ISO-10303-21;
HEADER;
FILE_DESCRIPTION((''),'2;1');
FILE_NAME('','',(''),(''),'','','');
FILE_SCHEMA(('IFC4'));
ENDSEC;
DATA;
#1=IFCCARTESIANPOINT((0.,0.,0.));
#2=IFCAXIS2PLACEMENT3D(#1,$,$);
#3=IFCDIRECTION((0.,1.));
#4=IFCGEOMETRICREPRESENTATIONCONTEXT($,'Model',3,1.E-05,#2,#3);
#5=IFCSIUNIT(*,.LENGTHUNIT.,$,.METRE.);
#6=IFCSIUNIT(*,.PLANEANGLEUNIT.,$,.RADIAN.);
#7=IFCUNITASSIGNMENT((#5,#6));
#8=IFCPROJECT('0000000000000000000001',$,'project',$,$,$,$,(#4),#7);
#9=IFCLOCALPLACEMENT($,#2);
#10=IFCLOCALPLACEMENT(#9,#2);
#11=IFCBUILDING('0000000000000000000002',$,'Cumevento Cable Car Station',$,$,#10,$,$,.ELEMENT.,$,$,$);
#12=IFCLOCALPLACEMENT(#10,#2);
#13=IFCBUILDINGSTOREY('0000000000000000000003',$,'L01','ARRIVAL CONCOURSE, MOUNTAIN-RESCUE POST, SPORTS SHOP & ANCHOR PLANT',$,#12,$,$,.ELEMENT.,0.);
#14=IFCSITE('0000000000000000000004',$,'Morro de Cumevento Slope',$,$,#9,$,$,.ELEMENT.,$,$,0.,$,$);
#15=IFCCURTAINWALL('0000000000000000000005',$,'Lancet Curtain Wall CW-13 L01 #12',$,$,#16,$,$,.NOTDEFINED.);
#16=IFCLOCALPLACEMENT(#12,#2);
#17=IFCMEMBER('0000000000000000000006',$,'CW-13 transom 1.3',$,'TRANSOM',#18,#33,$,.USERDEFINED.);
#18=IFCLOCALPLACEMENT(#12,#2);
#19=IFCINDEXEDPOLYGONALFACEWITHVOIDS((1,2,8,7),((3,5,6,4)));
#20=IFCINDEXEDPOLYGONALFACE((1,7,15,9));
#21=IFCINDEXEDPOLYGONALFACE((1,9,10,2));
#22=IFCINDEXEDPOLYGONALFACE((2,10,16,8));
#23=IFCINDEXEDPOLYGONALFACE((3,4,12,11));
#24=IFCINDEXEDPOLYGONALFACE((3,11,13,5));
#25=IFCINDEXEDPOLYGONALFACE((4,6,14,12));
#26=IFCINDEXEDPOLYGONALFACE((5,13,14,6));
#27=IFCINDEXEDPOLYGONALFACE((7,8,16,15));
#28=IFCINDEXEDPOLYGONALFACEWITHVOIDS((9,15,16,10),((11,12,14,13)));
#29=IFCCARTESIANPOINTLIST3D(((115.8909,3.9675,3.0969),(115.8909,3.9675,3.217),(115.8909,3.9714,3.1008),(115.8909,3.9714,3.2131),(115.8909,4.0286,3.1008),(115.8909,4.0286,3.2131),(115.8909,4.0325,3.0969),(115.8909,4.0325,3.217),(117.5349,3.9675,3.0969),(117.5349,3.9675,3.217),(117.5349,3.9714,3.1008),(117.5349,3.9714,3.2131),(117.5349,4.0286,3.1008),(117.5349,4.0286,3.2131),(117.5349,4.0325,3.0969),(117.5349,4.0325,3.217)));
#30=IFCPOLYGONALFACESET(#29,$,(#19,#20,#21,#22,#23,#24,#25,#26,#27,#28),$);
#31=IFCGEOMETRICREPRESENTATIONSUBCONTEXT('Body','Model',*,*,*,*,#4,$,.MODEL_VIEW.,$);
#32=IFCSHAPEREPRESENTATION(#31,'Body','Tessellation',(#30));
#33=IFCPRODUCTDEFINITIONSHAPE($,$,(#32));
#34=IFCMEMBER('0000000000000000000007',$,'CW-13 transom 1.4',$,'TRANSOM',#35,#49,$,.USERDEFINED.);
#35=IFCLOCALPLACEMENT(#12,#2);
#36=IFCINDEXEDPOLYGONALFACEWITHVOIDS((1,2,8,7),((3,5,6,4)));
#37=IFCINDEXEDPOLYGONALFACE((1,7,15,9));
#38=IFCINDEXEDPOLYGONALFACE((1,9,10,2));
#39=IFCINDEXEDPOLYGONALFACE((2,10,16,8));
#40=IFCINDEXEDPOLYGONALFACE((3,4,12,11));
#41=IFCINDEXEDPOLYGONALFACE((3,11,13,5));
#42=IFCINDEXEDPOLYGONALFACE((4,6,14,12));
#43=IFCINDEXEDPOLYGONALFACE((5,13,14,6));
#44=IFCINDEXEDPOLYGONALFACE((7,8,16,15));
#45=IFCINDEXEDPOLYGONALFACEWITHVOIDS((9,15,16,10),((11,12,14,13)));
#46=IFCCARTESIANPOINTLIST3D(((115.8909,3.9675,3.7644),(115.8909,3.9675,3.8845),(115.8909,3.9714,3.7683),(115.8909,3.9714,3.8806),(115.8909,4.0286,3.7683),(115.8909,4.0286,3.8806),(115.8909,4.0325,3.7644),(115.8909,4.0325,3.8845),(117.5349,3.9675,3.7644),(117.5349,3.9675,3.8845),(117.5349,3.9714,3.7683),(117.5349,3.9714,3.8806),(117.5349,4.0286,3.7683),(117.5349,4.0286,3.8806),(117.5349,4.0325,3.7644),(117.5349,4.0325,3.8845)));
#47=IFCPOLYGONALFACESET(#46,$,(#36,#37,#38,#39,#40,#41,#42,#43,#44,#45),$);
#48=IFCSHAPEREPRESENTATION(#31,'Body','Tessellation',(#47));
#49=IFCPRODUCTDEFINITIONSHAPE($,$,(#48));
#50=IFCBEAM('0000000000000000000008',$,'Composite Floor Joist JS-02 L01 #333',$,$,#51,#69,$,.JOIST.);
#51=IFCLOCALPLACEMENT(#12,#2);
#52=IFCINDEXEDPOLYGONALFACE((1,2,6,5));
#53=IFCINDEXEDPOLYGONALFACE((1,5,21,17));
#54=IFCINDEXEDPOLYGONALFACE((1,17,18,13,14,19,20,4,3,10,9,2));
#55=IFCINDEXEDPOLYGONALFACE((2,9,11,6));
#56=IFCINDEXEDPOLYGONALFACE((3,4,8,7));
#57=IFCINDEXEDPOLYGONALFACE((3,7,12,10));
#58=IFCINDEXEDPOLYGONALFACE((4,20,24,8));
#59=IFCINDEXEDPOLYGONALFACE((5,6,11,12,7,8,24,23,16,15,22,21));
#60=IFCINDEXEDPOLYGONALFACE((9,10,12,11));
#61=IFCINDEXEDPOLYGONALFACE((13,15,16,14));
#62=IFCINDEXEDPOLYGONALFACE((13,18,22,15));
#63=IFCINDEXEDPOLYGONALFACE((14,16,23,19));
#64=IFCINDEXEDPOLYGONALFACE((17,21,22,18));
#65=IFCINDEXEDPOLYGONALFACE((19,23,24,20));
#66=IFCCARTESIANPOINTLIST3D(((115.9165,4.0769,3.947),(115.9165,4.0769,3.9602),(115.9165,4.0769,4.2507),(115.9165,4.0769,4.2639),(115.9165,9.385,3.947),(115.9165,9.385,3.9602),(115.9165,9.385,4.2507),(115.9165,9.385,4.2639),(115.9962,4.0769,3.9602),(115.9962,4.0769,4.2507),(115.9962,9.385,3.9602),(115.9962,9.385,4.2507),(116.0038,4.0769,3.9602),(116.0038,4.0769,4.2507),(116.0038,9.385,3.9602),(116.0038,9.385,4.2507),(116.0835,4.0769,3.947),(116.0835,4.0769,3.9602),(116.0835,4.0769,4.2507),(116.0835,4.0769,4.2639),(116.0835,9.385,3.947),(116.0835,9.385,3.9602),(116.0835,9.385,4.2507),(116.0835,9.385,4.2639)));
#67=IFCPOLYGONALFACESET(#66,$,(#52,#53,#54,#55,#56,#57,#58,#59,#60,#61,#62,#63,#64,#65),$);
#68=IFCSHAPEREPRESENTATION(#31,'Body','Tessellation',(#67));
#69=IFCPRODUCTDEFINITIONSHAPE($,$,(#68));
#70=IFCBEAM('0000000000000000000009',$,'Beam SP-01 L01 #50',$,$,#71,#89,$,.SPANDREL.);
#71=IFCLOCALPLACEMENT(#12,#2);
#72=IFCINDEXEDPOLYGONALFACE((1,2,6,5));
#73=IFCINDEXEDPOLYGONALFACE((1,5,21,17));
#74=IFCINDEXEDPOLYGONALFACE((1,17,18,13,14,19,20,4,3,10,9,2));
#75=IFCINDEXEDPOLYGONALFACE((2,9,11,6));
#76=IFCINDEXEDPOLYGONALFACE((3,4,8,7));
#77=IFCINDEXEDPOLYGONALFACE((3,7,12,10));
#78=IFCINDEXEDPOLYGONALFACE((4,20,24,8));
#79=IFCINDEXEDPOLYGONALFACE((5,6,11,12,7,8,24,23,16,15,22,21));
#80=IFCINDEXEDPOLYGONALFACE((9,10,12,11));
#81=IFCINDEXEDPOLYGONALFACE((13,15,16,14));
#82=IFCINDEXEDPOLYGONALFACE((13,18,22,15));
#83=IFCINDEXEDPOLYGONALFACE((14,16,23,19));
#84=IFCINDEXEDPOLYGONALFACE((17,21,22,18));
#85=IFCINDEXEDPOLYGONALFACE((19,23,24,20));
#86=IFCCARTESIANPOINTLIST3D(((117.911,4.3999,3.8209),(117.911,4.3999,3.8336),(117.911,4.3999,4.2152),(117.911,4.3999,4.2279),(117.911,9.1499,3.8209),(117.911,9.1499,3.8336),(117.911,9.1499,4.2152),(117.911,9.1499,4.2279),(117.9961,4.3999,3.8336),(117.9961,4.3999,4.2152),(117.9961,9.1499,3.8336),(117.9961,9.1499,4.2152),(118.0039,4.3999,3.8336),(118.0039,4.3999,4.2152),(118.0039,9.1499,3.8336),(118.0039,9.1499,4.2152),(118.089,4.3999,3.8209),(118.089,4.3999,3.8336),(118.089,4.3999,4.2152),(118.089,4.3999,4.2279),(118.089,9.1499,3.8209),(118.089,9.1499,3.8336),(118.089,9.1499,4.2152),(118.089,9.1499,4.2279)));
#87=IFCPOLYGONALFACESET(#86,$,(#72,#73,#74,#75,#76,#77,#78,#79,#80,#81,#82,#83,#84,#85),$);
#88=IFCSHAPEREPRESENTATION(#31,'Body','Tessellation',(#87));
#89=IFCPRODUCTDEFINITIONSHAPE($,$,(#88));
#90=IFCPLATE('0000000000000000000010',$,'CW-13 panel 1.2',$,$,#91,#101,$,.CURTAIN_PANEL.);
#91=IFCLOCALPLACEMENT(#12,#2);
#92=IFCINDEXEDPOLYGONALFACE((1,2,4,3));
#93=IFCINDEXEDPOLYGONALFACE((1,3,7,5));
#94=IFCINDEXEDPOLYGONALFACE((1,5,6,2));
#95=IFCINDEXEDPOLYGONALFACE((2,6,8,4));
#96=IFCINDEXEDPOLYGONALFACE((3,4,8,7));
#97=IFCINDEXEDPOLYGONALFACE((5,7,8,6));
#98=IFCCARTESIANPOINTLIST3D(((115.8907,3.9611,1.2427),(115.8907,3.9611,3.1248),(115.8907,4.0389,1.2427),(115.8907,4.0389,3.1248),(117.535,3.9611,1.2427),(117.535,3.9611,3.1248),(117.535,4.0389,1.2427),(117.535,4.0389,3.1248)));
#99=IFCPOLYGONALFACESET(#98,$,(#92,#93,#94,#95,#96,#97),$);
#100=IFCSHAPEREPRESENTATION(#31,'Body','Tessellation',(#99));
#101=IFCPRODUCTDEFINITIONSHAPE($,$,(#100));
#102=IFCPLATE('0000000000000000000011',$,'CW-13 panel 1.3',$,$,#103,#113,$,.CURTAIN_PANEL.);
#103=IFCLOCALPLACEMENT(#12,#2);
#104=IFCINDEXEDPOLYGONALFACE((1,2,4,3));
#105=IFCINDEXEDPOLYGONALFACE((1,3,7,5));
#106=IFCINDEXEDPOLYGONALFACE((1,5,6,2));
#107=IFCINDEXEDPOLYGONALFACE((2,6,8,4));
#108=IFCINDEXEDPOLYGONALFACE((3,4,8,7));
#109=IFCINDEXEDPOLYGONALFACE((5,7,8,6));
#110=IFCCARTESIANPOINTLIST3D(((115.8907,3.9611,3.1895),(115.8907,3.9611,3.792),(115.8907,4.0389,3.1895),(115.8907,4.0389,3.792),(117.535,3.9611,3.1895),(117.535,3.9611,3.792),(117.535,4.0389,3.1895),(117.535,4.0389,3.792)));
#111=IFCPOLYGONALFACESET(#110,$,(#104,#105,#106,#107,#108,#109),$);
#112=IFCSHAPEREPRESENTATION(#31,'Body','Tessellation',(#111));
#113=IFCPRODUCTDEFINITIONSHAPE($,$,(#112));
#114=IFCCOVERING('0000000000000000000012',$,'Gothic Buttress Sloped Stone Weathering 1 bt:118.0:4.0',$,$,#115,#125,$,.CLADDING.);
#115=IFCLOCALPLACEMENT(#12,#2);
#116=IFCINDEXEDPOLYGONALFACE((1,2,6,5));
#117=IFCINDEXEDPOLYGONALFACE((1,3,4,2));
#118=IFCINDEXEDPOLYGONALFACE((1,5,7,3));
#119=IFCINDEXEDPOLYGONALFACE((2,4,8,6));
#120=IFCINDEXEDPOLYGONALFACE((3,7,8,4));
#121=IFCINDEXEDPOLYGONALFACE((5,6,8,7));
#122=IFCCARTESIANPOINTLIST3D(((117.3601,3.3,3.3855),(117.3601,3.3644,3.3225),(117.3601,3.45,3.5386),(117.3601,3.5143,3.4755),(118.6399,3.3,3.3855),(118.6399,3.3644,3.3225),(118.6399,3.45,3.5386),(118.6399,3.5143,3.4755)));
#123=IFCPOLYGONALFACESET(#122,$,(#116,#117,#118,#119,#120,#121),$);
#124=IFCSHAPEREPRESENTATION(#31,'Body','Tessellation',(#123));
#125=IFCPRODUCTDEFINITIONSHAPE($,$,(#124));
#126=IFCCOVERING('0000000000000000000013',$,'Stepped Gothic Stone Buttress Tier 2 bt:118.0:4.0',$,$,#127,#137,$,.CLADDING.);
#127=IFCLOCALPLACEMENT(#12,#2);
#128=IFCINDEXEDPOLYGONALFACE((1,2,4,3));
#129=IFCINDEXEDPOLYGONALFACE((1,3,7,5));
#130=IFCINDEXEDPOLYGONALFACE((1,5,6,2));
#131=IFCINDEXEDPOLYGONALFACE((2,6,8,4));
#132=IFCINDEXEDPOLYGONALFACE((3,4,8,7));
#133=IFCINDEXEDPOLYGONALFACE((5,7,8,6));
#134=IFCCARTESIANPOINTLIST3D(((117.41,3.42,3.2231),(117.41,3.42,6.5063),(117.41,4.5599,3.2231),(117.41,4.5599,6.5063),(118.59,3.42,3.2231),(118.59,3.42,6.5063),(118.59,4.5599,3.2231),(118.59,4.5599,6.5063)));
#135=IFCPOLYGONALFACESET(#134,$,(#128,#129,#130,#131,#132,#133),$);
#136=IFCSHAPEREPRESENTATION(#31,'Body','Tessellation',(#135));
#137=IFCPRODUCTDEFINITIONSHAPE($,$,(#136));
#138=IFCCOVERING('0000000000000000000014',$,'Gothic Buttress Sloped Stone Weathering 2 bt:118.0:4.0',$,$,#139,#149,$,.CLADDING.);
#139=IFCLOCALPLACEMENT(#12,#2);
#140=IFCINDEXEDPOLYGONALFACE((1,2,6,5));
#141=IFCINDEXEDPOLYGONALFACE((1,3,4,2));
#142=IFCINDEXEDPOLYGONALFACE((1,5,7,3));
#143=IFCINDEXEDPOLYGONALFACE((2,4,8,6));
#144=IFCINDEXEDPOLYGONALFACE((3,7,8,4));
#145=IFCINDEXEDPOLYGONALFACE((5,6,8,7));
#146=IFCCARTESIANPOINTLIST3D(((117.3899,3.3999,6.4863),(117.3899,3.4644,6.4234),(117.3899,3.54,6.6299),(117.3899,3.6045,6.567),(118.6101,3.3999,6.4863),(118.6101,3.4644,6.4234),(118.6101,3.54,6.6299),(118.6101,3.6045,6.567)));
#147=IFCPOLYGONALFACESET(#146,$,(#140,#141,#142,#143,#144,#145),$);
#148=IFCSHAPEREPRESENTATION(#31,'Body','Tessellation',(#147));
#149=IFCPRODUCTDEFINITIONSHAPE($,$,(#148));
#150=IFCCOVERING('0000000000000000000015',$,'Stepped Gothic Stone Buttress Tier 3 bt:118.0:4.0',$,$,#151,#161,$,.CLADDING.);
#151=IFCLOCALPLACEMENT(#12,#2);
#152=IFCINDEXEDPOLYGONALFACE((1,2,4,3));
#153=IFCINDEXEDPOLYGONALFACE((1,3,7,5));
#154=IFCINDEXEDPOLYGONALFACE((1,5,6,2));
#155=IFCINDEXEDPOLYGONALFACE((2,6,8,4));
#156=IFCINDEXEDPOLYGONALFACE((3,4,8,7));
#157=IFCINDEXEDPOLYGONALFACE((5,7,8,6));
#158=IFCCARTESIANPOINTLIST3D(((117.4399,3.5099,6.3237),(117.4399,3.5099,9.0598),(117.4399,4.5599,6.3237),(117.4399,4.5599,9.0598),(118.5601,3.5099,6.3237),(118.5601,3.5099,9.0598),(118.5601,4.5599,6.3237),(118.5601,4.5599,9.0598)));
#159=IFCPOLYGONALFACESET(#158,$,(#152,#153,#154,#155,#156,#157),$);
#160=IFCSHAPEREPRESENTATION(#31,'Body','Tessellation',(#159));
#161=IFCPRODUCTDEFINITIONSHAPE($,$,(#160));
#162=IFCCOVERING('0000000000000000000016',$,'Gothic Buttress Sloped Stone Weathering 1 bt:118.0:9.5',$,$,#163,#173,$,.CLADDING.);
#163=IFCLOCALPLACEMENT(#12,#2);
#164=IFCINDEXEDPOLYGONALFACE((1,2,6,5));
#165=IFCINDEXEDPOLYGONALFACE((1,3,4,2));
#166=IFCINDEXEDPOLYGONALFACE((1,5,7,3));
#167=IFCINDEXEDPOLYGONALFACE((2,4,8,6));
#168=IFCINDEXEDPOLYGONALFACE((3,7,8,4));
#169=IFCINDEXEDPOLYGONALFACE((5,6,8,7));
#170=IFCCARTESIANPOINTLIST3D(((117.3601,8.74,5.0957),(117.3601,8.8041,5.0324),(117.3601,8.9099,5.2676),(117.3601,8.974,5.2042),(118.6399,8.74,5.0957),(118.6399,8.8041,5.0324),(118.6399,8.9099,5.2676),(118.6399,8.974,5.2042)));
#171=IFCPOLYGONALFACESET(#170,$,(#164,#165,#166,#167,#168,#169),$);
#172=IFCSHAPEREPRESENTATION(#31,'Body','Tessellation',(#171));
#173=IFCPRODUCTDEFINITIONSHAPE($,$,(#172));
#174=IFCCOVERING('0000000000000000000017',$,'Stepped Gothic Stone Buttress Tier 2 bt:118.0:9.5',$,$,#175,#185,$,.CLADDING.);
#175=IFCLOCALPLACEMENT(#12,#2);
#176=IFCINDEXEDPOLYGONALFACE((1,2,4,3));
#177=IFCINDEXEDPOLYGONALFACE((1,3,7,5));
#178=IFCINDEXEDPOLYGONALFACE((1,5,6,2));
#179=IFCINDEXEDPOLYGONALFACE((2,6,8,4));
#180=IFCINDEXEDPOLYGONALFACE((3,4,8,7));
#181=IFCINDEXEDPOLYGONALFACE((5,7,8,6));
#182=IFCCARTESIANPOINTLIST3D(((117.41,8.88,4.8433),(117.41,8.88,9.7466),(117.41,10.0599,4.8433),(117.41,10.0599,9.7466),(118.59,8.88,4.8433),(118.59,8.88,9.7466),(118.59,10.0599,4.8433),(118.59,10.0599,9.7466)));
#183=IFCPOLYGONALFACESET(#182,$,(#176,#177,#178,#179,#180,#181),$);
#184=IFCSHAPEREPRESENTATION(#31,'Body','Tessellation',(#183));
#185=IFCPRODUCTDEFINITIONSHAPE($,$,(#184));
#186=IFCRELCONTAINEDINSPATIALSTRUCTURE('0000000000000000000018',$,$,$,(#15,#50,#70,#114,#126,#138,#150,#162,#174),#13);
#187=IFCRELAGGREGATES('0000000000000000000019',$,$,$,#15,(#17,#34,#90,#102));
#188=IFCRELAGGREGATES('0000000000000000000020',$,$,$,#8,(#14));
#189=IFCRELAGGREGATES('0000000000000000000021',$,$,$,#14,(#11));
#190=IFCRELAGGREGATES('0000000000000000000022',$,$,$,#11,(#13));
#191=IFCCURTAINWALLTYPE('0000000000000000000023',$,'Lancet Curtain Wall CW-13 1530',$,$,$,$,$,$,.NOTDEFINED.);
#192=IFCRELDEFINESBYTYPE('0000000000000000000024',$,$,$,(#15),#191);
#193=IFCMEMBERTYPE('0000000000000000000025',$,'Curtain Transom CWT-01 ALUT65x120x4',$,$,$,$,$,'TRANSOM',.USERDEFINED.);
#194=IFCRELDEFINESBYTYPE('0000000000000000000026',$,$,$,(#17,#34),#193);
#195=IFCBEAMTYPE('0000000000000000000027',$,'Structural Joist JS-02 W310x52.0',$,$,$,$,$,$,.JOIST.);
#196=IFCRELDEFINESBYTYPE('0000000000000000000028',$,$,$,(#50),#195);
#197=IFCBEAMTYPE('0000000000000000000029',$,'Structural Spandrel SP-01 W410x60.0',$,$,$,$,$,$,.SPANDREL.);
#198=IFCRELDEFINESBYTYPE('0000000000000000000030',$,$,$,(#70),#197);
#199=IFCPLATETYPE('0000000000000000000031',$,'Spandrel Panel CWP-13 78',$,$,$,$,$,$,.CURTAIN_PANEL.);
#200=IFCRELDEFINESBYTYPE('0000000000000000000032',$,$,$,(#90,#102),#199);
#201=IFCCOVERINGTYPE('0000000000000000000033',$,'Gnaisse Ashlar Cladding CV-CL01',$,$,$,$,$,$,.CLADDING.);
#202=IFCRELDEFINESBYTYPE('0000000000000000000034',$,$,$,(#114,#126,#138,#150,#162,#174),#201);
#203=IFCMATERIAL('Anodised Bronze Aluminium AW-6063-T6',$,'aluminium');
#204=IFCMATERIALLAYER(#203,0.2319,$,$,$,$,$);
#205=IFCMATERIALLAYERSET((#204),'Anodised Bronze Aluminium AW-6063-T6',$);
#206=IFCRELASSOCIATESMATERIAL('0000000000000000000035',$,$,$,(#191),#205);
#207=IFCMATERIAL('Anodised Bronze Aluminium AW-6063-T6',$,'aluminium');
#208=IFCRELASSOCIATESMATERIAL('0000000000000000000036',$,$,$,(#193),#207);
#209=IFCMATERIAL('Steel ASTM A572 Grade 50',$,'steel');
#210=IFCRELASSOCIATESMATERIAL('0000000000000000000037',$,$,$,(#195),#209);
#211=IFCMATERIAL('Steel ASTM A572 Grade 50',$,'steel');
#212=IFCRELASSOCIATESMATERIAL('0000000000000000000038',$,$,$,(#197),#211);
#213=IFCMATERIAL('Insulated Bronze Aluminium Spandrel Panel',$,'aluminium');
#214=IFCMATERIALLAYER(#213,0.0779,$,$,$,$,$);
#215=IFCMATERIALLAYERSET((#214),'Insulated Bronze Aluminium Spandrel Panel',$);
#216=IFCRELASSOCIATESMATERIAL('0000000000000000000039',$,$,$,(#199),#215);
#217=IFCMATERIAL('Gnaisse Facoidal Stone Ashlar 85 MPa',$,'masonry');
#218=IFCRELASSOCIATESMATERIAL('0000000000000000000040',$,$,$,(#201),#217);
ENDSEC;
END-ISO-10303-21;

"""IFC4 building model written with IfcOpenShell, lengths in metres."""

from ifc_helpers import new_model, si_unit, direction, frame, origin, origin_2d, place, context, subcontext, project, spatial, polyline, rectangle, hollow_rectangle, i_section, outline, extrude, material, layer, layer_set, material_profile, profile_set, type_object, element, aggregate, save


model = new_model("IFC4")

# Units and contexts
model_context = context("Model", 3, precision=1e-05, world=origin(), true_north=direction((0.0, 1.0)))
body_context = subcontext(model_context, "Body", "Model", "MODEL_VIEW")
ifc_project = project(units=[si_unit("LENGTHUNIT", "METRE"), si_unit("PLANEANGLEUNIT", "RADIAN")], contexts=[model_context])

# Site, building, storey
site_placement = place(None, origin())
site = spatial("IfcSite", under=ifc_project, at=site_placement, Name="Morro de Cumevento Slope", CompositionType="ELEMENT", RefElevation=0.0)
building_placement = place(site_placement, origin())
building = spatial("IfcBuilding", under=site, at=building_placement, Name="Cumevento Cable Car Station", CompositionType="ELEMENT")
storey_placement = place(building_placement, origin())
storey = spatial("IfcBuildingStorey", under=building, at=storey_placement, Name="L01", Description="ARRIVAL CONCOURSE, MOUNTAIN-RESCUE POST, SPORTS SHOP & ANCHOR PLANT", CompositionType="ELEMENT", Elevation=0.0)

# Curtain wall, members
ifc_material_1 = material(Name="Anodised Bronze Aluminium AW-6063-T6", Category="aluminium")
ifc_layer_1 = layer(ifc_material_1, 0.2319)
ifc_layer_set_1 = layer_set([ifc_layer_1], Name="Anodised Bronze Aluminium AW-6063-T6")
curtain_wall_type = type_object("IfcCurtainWallType", Name="Lancet Curtain Wall CW-13 1530", PredefinedType="NOTDEFINED", material=ifc_layer_set_1)
curtain_wall_placement = place(storey_placement, origin())
curtain_wall = element("IfcCurtainWall", 1, at=curtain_wall_placement, inside=storey, type_object=curtain_wall_type, Name="Lancet Curtain Wall CW-13 L01 #12", PredefinedType="NOTDEFINED")
ifc_material_2 = material(Name="Anodised Bronze Aluminium AW-6063-T6", Category="aluminium")
ifc_material_profile_1 = material_profile(ifc_material_2, hollow_rectangle(XDim=0.0649, YDim=0.1201, WallThickness=0.0039, at=origin_2d()), Name="ALUT65x120x4")
ifc_profile_set_1 = profile_set([ifc_material_profile_1], Name="Anodised Bronze Aluminium AW-6063-T6")
member_type = type_object("IfcMemberType", Name="Curtain Transom CWT-01 ALUT65x120x4", ElementType="TRANSOM", PredefinedType="USERDEFINED", material=ifc_profile_set_1)
member_1_placement = place(storey_placement, frame((117.5349, 4.0, 3.157), z_axis=(-1.0, 0.0, 0.0), x_axis=(0.0, -1.0, 0.0)))
member_1 = element("IfcMember", 2, at=member_1_placement, type_object=member_type, Name="CW-13 transom 1.3", ObjectType="TRANSOM", PredefinedType="USERDEFINED", context=body_context, shape_type="SweptSolid", body=[
    extrude(hollow_rectangle(XDim=0.0649, YDim=0.1201, WallThickness=0.0039, at=origin_2d()), origin(), (0.0, 0.0, 1.0), 1.644),
])
member_2_placement = place(storey_placement, frame((117.5349, 4.0, 3.8245), z_axis=(-1.0, 0.0, 0.0), x_axis=(0.0, -1.0, 0.0)))
member_2 = element("IfcMember", 3, at=member_2_placement, type_object=member_type, Name="CW-13 transom 1.4", ObjectType="TRANSOM", PredefinedType="USERDEFINED", context=body_context, shape_type="SweptSolid", body=[
    extrude(hollow_rectangle(XDim=0.0649, YDim=0.1201, WallThickness=0.0039, at=origin_2d()), origin(), (0.0, 0.0, 1.0), 1.644),
])

# Beams
ifc_material_3 = material(Name="Steel ASTM A572 Grade 50", Category="steel")
ifc_material_profile_2 = material_profile(ifc_material_3, i_section(OverallWidth=0.167, OverallDepth=0.3169, WebThickness=0.0076, FlangeThickness=0.0132, at=origin_2d()), Name="W310x52.0")
ifc_profile_set_2 = profile_set([ifc_material_profile_2], Name="Steel ASTM A572 Grade 50")
beam_type_1 = type_object("IfcBeamType", Name="Structural Joist JS-02 W310x52.0", PredefinedType="JOIST", material=ifc_profile_set_2)
beam_1_placement = place(storey_placement, frame((116.0, 4.0769, 4.1055), z_axis=(0.0, 1.0, 0.0), x_axis=(-1.0, 0.0, 0.0)))
element("IfcBeam", 4, at=beam_1_placement, inside=storey, type_object=beam_type_1, Name="Composite Floor Joist JS-02 L01 #333", PredefinedType="JOIST", context=body_context, shape_type="SweptSolid", body=[
    extrude(i_section(OverallWidth=0.167, OverallDepth=0.3169, WebThickness=0.0076, FlangeThickness=0.0132, at=origin_2d()), origin(), (0.0, 0.0, 1.0), 5.3081),
])
ifc_material_4 = material(Name="Steel ASTM A572 Grade 50", Category="steel")
ifc_material_profile_3 = material_profile(ifc_material_4, i_section(OverallWidth=0.178, OverallDepth=0.407, WebThickness=0.0078, FlangeThickness=0.0127, at=origin_2d()), Name="W410x60.0")
ifc_profile_set_3 = profile_set([ifc_material_profile_3], Name="Steel ASTM A572 Grade 50")
beam_type_2 = type_object("IfcBeamType", Name="Structural Spandrel SP-01 W410x60.0", PredefinedType="SPANDREL", material=ifc_profile_set_3)
beam_2_placement = place(storey_placement, frame((118.0, 4.3999, 4.0244), z_axis=(0.0, 1.0, 0.0), x_axis=(-1.0, 0.0, 0.0)))
element("IfcBeam", 5, at=beam_2_placement, inside=storey, type_object=beam_type_2, Name="Beam SP-01 L01 #50", PredefinedType="SPANDREL", context=body_context, shape_type="SweptSolid", body=[
    extrude(i_section(OverallWidth=0.178, OverallDepth=0.407, WebThickness=0.0078, FlangeThickness=0.0127, at=origin_2d()), origin(), (0.0, 0.0, 1.0), 4.75),
])

# Plates
ifc_material_5 = material(Name="Insulated Bronze Aluminium Spandrel Panel", Category="aluminium")
ifc_layer_2 = layer(ifc_material_5, 0.0779)
ifc_layer_set_2 = layer_set([ifc_layer_2], Name="Insulated Bronze Aluminium Spandrel Panel")
plate_type = type_object("IfcPlateType", Name="Spandrel Panel CWP-13 78", PredefinedType="CURTAIN_PANEL", material=ifc_layer_set_2)
plate_1_placement = place(storey_placement, frame((116.7129, 4.0, 1.2427), z_axis=(0.0, 0.0, 1.0), x_axis=(-1.0, 0.0, 0.0)))
plate_1 = element("IfcPlate", 6, at=plate_1_placement, type_object=plate_type, Name="CW-13 panel 1.2", PredefinedType="CURTAIN_PANEL", context=body_context, shape_type="SweptSolid", body=[
    extrude(rectangle(XDim=1.6443, YDim=0.0779, at=origin_2d()), origin(), (0.0, 0.0, 1.0), 1.8821),
])
plate_2_placement = place(storey_placement, frame((116.7129, 4.0, 3.1895), z_axis=(0.0, 0.0, 1.0), x_axis=(-1.0, 0.0, 0.0)))
plate_2 = element("IfcPlate", 7, at=plate_2_placement, type_object=plate_type, Name="CW-13 panel 1.3", PredefinedType="CURTAIN_PANEL", context=body_context, shape_type="SweptSolid", body=[
    extrude(rectangle(XDim=1.6443, YDim=0.0779, at=origin_2d()), origin(), (0.0, 0.0, 1.0), 0.6025),
])
aggregate(curtain_wall, [member_1, member_2, plate_1, plate_2])

# Coverings
ifc_material_6 = material(Name="Gnaisse Facoidal Stone Ashlar 85 MPa", Category="masonry")
covering_type = type_object("IfcCoveringType", Name="Gnaisse Ashlar Cladding CV-CL01", PredefinedType="CLADDING", material=ifc_material_6)
covering_1_placement = place(storey_placement, frame((117.3601, 3.3, 3.3855), z_axis=(0.0, -0.714475, 0.699661), x_axis=(1.0, 0.0, 0.0)))
element("IfcCovering", 8, at=covering_1_placement, inside=storey, type_object=covering_type, Name="Gothic Buttress Sloped Stone Weathering 1 bt:118.0:4.0", PredefinedType="CLADDING", context=body_context, shape_type="SweptSolid", body=[
    extrude(outline(polyline([(0.0, 0.0), (1.2798, 0.0), (1.2798, 0.2142), (0.0, 0.2142), (0.0, 0.0)])), origin(), (0.0, 0.0, -1.0), 0.0901),
])
covering_2_placement = place(storey_placement, frame((118.0, 3.99, 3.2231), z_axis=(0.0, 0.0, 1.0), x_axis=(1.0, 0.0, 0.0)))
element("IfcCovering", 9, at=covering_2_placement, inside=storey, type_object=covering_type, Name="Stepped Gothic Stone Buttress Tier 2 bt:118.0:4.0", PredefinedType="CLADDING", context=body_context, shape_type="SweptSolid", body=[
    extrude(rectangle(XDim=1.1799, YDim=1.1399, at=origin_2d()), origin(), (0.0, 0.0, 1.0), 3.2832),
])
covering_3_placement = place(storey_placement, frame((117.3899, 3.3999, 6.4863), z_axis=(0.0, -0.715574, 0.698537), x_axis=(1.0, 0.0, 0.0)))
element("IfcCovering", 10, at=covering_3_placement, inside=storey, type_object=covering_type, Name="Gothic Buttress Sloped Stone Weathering 2 bt:118.0:4.0", PredefinedType="CLADDING", context=body_context, shape_type="SweptSolid", body=[
    extrude(outline(polyline([(0.0, 0.0), (1.2202, 0.0), (1.2202, 0.2006), (0.0, 0.2006), (0.0, 0.0)])), origin(), (0.0, 0.0, -1.0), 0.0901),
])
covering_4_placement = place(storey_placement, frame((118.0, 4.0349, 6.3237), z_axis=(0.0, 0.0, 1.0), x_axis=(1.0, 0.0, 0.0)))
element("IfcCovering", 11, at=covering_4_placement, inside=storey, type_object=covering_type, Name="Stepped Gothic Stone Buttress Tier 3 bt:118.0:4.0", PredefinedType="CLADDING", context=body_context, shape_type="SweptSolid", body=[
    extrude(rectangle(XDim=1.1201, YDim=1.05, at=origin_2d()), origin(), (0.0, 0.0, 1.0), 2.7361),
])
covering_5_placement = place(storey_placement, frame((117.3601, 8.74, 5.0957), z_axis=(0.0, -0.711136, 0.703055), x_axis=(1.0, 0.0, 0.0)))
element("IfcCovering", 12, at=covering_5_placement, inside=storey, type_object=covering_type, Name="Gothic Buttress Sloped Stone Weathering 1 bt:118.0:9.5", PredefinedType="CLADDING", context=body_context, shape_type="SweptSolid", body=[
    extrude(outline(polyline([(0.0, 0.0), (1.2798, 0.0), (1.2798, 0.2417), (0.0, 0.2417), (0.0, 0.0)])), origin(), (0.0, 0.0, -1.0), 0.0901),
])
covering_6_placement = place(storey_placement, frame((118.0, 9.47, 4.8433), z_axis=(0.0, 0.0, 1.0), x_axis=(1.0, 0.0, 0.0)))
element("IfcCovering", 13, at=covering_6_placement, inside=storey, type_object=covering_type, Name="Stepped Gothic Stone Buttress Tier 2 bt:118.0:9.5", PredefinedType="CLADDING", context=body_context, shape_type="SweptSolid", body=[
    extrude(rectangle(XDim=1.1799, YDim=1.1799, at=origin_2d()), origin(), (0.0, 0.0, 1.0), 4.9033),
])

save(model, "model.ifc")
